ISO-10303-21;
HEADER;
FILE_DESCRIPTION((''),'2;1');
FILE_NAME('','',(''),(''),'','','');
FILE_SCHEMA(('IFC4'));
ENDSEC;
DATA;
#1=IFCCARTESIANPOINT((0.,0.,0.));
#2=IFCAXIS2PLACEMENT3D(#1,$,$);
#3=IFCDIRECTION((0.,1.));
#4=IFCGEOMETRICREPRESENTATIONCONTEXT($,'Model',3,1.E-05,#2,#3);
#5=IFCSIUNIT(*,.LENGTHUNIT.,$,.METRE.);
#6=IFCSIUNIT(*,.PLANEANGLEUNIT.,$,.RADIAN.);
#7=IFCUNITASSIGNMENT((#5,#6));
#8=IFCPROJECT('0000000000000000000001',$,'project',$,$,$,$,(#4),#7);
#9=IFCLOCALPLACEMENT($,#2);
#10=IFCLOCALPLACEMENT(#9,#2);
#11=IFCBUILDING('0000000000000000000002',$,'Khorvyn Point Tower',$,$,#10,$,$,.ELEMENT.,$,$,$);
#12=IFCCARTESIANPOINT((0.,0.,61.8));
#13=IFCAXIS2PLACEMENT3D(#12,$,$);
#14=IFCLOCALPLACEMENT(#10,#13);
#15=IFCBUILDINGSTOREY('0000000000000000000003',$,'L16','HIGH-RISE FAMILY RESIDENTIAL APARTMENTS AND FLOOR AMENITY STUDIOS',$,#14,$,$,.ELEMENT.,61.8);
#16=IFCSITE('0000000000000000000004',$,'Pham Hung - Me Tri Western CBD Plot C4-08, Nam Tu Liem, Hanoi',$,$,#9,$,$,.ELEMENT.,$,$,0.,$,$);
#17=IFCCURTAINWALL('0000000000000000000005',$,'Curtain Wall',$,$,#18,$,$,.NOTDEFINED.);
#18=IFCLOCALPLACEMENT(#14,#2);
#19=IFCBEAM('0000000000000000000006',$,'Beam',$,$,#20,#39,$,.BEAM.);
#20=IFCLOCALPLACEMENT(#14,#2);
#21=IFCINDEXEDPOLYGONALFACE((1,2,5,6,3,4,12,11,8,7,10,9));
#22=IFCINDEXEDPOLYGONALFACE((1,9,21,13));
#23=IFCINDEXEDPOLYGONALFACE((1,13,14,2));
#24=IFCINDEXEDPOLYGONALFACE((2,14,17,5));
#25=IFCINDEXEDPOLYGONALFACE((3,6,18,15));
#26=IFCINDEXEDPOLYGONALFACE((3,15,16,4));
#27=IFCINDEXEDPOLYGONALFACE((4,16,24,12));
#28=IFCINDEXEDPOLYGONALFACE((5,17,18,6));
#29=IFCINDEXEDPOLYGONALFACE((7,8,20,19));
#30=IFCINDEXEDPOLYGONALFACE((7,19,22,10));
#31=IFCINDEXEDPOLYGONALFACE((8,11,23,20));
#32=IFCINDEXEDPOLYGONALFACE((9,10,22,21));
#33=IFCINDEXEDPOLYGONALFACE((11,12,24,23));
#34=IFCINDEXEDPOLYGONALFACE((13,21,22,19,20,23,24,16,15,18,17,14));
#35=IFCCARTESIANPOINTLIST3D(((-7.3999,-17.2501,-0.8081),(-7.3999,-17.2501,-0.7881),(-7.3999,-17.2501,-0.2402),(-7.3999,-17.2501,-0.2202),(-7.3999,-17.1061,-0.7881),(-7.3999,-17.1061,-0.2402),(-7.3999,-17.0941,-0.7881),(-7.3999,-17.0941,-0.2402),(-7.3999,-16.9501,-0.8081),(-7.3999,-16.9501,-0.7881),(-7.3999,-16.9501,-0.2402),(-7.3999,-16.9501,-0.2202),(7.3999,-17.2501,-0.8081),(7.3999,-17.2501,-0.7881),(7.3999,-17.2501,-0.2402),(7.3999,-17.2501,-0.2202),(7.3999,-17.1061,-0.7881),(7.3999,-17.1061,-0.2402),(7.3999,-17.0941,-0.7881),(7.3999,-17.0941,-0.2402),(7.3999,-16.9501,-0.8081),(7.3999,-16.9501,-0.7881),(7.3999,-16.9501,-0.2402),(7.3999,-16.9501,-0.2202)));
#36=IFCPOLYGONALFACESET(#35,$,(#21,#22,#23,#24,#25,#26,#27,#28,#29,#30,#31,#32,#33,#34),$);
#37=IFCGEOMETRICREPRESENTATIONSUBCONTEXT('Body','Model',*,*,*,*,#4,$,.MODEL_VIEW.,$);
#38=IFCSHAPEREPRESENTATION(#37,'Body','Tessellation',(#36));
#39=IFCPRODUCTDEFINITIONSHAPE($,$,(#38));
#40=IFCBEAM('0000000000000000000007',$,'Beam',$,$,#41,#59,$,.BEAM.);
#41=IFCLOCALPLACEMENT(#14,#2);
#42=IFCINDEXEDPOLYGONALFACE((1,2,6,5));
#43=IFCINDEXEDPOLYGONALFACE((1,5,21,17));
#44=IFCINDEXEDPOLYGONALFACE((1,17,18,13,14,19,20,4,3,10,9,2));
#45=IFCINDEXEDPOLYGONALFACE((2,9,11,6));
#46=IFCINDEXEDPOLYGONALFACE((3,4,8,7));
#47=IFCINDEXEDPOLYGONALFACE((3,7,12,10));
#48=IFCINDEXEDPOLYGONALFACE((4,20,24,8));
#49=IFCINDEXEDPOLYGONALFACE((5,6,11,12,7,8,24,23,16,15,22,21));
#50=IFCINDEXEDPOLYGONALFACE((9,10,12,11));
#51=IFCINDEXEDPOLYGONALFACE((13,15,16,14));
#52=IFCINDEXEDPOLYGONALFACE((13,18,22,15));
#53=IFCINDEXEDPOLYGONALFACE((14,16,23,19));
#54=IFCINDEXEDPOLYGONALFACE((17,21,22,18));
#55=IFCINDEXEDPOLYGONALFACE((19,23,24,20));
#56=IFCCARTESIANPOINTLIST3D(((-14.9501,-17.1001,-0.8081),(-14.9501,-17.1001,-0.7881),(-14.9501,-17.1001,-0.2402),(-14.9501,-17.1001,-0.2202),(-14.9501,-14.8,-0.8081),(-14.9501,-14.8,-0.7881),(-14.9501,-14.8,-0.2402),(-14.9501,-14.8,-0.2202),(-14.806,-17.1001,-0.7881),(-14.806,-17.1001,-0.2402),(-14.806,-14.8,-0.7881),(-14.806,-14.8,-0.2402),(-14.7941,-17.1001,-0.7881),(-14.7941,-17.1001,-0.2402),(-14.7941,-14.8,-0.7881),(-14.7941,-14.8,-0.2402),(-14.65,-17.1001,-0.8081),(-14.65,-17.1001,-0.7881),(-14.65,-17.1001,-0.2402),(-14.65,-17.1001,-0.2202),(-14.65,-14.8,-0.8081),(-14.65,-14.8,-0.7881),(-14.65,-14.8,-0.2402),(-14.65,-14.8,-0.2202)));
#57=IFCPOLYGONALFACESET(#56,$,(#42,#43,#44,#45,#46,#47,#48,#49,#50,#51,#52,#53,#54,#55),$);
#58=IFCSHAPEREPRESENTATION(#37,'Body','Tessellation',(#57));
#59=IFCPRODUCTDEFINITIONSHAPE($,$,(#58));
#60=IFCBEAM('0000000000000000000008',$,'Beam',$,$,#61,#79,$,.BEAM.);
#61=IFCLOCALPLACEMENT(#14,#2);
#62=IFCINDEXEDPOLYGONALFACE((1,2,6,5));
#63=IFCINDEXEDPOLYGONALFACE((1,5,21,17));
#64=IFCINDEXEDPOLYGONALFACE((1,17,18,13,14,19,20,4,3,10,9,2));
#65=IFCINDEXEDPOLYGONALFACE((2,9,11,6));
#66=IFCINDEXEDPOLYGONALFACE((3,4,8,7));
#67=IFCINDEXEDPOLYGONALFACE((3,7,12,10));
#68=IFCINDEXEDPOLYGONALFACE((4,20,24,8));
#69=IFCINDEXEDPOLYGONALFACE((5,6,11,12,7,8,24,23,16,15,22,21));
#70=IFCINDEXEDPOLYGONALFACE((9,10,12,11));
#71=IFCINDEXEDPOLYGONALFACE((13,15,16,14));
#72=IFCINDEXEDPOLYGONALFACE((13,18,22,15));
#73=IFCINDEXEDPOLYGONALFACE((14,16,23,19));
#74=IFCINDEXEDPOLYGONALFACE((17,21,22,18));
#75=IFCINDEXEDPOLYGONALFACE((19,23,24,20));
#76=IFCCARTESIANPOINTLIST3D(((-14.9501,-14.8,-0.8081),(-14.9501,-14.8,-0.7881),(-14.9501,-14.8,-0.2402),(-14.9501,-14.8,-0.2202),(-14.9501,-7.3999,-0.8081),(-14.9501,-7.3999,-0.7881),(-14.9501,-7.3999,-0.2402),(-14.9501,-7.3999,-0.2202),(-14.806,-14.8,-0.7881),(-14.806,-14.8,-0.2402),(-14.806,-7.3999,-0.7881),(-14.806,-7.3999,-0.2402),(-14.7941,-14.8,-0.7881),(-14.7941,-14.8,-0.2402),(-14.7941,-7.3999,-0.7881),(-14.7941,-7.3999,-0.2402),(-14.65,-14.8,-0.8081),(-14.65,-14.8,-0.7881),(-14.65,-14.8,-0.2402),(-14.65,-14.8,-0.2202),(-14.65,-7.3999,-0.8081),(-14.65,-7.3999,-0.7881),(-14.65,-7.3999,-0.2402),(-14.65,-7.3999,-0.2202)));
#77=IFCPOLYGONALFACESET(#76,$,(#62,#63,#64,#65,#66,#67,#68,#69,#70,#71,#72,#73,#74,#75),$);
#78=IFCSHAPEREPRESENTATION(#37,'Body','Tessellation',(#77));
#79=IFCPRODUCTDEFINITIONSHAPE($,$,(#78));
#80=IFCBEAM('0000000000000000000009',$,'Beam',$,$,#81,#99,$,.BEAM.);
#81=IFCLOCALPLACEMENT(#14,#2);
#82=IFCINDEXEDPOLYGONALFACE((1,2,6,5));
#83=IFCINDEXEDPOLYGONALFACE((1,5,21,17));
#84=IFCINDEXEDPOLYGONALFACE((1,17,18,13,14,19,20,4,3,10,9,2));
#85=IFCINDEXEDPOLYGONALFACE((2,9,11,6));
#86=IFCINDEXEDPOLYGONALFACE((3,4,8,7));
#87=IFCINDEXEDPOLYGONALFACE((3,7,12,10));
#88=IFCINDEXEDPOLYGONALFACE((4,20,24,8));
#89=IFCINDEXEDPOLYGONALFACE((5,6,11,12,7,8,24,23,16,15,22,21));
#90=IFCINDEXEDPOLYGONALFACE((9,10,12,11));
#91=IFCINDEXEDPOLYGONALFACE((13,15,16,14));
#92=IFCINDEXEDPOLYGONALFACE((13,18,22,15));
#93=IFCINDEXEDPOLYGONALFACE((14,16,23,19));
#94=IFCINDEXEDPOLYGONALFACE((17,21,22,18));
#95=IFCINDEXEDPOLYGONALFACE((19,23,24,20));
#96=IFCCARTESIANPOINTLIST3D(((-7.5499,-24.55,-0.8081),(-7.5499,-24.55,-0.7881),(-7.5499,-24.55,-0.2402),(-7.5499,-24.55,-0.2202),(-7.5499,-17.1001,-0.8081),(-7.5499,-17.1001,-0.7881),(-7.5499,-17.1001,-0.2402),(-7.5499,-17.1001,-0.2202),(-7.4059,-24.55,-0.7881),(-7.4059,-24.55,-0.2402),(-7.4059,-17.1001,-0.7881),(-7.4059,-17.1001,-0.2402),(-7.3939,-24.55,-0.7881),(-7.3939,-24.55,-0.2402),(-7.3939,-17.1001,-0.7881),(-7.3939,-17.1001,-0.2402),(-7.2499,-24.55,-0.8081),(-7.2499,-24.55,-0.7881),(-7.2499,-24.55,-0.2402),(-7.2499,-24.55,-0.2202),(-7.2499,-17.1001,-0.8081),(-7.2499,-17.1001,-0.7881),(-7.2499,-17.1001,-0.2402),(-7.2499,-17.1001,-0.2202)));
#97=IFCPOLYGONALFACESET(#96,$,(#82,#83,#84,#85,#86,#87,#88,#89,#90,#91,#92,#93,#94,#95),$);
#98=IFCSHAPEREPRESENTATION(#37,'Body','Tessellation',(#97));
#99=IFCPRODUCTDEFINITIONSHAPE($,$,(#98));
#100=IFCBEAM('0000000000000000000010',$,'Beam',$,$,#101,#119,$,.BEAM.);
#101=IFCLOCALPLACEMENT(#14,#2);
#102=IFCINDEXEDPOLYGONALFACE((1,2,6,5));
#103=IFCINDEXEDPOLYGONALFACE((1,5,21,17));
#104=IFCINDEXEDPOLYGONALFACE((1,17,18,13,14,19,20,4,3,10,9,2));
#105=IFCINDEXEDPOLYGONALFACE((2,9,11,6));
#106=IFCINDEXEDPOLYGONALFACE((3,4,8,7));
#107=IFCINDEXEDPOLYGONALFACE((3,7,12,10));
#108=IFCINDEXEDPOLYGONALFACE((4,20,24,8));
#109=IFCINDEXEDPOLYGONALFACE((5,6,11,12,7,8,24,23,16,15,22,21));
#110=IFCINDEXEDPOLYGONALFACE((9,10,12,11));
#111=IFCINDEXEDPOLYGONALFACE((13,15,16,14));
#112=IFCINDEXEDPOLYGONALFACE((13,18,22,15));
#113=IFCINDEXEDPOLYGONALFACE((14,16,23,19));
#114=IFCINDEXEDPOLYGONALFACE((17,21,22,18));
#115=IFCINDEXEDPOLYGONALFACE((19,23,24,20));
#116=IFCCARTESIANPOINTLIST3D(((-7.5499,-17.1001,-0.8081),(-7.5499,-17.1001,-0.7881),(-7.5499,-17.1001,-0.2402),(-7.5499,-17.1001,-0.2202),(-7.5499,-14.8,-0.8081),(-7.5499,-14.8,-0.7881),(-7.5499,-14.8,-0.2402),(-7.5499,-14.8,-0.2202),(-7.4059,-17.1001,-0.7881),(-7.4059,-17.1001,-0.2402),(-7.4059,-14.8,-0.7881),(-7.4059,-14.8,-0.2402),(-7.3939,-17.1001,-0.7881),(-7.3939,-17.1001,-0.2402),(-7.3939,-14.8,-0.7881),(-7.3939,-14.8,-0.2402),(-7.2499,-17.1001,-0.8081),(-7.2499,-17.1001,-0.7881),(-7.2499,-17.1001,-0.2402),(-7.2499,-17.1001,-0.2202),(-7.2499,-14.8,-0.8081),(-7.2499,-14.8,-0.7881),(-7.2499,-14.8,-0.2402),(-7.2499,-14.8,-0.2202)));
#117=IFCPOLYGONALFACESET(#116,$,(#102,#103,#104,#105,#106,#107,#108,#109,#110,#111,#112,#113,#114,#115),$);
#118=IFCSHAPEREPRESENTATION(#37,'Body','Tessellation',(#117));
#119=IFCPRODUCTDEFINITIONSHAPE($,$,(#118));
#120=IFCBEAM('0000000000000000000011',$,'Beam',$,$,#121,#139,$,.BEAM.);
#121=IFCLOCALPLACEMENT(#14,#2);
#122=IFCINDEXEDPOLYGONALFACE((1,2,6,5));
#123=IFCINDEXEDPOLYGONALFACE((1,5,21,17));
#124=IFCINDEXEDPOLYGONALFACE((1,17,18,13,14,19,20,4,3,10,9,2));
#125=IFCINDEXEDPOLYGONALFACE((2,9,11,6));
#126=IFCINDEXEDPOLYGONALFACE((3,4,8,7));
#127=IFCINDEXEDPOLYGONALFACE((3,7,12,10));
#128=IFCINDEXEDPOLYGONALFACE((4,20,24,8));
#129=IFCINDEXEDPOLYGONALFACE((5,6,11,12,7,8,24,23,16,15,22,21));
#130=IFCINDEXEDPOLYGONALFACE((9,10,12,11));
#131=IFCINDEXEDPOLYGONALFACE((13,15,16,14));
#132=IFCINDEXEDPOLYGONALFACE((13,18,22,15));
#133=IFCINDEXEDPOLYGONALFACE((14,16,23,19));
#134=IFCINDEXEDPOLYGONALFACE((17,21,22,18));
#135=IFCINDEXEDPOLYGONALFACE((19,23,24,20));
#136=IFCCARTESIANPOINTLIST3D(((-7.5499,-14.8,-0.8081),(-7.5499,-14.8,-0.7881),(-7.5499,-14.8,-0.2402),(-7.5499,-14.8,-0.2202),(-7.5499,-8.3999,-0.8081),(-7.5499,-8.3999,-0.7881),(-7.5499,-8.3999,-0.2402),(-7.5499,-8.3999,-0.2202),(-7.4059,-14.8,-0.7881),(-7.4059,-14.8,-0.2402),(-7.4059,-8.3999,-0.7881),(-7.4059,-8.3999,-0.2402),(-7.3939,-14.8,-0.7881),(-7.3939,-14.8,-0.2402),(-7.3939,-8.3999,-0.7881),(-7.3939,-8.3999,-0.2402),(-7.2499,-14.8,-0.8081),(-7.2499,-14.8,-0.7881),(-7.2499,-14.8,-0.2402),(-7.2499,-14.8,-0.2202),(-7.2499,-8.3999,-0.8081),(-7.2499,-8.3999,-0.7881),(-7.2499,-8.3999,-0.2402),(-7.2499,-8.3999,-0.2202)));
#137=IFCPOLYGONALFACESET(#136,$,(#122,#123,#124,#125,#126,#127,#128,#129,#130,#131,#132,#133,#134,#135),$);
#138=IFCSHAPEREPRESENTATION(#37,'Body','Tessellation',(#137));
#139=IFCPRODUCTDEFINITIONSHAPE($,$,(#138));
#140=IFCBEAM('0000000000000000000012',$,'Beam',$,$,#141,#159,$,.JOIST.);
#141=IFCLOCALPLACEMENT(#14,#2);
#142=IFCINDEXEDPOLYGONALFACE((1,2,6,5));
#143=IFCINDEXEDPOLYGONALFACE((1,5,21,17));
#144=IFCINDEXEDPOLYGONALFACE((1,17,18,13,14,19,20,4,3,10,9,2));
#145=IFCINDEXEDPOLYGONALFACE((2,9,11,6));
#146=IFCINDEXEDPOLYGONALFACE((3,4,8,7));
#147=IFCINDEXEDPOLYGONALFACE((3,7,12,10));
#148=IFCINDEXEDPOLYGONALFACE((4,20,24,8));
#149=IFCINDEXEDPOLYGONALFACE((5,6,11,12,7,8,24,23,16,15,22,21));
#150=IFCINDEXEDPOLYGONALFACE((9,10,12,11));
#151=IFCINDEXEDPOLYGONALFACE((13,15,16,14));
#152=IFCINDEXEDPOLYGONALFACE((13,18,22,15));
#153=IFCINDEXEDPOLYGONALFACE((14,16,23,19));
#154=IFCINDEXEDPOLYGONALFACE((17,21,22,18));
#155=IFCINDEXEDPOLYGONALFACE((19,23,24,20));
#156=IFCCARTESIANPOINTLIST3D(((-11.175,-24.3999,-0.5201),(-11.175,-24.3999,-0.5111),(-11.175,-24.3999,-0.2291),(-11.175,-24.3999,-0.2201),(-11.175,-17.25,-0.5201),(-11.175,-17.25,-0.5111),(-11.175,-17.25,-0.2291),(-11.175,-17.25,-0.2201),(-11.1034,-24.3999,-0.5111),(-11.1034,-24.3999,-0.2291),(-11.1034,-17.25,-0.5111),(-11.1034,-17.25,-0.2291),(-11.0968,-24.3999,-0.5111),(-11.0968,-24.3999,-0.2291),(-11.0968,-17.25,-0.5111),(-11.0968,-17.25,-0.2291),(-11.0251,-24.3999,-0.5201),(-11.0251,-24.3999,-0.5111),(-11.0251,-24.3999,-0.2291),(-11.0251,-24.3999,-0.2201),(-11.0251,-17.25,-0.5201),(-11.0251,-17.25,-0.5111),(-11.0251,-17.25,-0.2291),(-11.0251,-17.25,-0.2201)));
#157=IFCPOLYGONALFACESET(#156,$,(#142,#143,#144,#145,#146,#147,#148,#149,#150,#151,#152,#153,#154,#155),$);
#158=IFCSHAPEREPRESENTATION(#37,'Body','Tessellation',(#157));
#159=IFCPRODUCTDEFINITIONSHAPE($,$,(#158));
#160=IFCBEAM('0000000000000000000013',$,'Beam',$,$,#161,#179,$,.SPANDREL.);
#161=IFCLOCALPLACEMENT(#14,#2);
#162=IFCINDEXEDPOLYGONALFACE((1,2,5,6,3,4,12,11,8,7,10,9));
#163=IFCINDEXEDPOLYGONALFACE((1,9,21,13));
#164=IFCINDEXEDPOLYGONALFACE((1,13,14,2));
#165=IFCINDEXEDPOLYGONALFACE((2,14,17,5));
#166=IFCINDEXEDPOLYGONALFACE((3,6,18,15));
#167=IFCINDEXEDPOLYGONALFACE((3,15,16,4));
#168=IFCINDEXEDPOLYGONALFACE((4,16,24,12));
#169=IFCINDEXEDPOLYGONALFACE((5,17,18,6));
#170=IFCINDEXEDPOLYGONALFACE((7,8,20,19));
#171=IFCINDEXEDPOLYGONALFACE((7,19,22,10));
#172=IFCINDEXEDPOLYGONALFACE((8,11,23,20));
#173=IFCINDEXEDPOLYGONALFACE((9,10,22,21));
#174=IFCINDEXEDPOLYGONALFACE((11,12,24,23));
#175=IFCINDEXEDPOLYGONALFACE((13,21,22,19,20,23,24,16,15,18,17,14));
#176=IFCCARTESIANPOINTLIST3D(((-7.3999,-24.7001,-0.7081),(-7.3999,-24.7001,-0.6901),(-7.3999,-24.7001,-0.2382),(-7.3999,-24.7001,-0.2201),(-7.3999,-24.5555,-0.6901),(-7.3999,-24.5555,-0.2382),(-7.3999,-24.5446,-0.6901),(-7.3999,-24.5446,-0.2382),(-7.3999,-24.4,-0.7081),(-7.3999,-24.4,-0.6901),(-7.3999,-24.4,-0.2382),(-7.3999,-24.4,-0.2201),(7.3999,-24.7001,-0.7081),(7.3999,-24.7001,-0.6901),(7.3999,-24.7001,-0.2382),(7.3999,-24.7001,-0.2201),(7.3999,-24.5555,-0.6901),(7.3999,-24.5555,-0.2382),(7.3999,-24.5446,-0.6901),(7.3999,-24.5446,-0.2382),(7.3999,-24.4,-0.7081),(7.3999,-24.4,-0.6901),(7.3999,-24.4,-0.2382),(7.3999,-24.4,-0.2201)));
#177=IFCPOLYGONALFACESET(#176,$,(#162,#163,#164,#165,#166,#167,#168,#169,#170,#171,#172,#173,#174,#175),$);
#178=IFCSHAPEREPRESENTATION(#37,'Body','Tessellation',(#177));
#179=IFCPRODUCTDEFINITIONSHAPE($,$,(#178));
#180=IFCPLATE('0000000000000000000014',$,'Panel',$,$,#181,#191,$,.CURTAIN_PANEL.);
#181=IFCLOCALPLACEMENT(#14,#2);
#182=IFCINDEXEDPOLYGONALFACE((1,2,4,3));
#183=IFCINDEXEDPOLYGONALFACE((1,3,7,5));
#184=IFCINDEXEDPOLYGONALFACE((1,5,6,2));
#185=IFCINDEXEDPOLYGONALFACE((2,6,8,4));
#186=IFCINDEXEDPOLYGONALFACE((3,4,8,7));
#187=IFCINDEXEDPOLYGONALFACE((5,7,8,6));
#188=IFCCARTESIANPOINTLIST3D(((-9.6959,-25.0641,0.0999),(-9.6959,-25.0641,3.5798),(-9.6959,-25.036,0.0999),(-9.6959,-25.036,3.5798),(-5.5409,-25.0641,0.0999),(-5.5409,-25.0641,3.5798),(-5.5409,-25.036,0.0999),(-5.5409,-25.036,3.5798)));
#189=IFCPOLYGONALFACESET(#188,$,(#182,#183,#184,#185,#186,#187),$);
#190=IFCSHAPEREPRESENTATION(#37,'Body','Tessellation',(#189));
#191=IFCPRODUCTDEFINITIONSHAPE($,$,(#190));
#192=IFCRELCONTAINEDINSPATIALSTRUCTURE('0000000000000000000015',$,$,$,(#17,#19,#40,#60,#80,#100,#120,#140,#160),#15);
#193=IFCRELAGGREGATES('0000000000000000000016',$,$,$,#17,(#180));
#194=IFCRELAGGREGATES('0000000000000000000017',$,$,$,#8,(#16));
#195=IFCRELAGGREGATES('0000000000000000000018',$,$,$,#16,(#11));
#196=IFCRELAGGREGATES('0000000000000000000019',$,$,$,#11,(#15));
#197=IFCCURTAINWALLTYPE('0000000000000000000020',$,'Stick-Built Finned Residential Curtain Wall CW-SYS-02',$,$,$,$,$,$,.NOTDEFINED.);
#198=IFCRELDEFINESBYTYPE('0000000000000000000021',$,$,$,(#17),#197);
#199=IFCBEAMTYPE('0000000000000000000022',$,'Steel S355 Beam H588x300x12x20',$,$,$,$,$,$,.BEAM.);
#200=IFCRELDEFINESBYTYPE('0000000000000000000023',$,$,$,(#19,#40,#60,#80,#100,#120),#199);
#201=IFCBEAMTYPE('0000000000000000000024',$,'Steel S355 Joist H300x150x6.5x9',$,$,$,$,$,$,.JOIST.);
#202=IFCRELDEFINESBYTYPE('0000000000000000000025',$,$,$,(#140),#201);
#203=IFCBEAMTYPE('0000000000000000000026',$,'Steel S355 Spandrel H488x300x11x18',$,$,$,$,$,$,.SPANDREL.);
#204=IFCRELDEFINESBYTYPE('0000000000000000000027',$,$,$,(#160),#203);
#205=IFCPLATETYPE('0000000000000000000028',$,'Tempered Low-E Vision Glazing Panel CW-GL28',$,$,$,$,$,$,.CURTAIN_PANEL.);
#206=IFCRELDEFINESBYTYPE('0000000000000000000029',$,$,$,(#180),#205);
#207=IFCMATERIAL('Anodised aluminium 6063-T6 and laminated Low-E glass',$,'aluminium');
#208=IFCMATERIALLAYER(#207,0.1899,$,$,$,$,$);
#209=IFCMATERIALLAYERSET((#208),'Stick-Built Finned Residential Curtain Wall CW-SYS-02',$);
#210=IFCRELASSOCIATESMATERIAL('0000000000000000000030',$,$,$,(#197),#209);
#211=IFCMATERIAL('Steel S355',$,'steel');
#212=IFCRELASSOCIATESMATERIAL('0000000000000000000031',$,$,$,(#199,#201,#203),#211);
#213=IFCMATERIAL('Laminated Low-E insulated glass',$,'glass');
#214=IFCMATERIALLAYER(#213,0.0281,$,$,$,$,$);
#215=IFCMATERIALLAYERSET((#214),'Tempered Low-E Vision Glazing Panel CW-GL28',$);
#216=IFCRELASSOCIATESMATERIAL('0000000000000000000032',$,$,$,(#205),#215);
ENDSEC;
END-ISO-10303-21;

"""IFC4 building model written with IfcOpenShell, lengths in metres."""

from ifc_helpers import new_model, si_unit, direction, frame, origin, origin_2d, place, context, subcontext, project, spatial, rectangle, i_section, extrude, material, layer, layer_set, material_profile, profile_set, type_object, element, aggregate, save


model = new_model("IFC4")

# Units and contexts
model_context = context("Model", 3, precision=1e-05, world=origin(), true_north=direction((0.0, 1.0)))
body_context = subcontext(model_context, "Body", "Model", "MODEL_VIEW")
ifc_project = project(units=[si_unit("LENGTHUNIT", "METRE"), si_unit("PLANEANGLEUNIT", "RADIAN")], contexts=[model_context])

# Site, building, storey
site_placement = place(None, origin())
site = spatial("IfcSite", under=ifc_project, at=site_placement, Name="Pham Hung - Me Tri Western CBD Plot C4-08, Nam Tu Liem, Hanoi", CompositionType="ELEMENT", RefElevation=0.0)
building_placement = place(site_placement, origin())
building = spatial("IfcBuilding", under=site, at=building_placement, Name="Khorvyn Point Tower", CompositionType="ELEMENT")
storey_placement = place(building_placement, frame((0.0, 0.0, 61.8)))
storey = spatial("IfcBuildingStorey", under=building, at=storey_placement, Name="L16", Description="HIGH-RISE FAMILY RESIDENTIAL APARTMENTS AND FLOOR AMENITY STUDIOS", CompositionType="ELEMENT", Elevation=61.8)

# Curtain wall
ifc_material_1 = material(Name="Anodised aluminium 6063-T6 and laminated Low-E glass", Category="aluminium")
ifc_layer_1 = layer(ifc_material_1, 0.1899)
ifc_layer_set_1 = layer_set([ifc_layer_1], Name="Stick-Built Finned Residential Curtain Wall CW-SYS-02")
curtain_wall_type = type_object("IfcCurtainWallType", Name="Stick-Built Finned Residential Curtain Wall CW-SYS-02", PredefinedType="NOTDEFINED", material=ifc_layer_set_1)
curtain_wall_placement = place(storey_placement, origin())
curtain_wall = element("IfcCurtainWall", 1, at=curtain_wall_placement, inside=storey, type_object=curtain_wall_type, Name="Curtain Wall", PredefinedType="NOTDEFINED")

# Beams
ifc_material_2 = material(Name="Steel S355", Category="steel")
ifc_material_profile_1 = material_profile(ifc_material_2, i_section(OverallWidth=0.3, OverallDepth=0.5879, WebThickness=0.012, FlangeThickness=0.02, at=origin_2d()))
ifc_profile_set_1 = profile_set([ifc_material_profile_1], Name="Steel S355 H588x300x12x20")
beam_type_1 = type_object("IfcBeamType", Name="Steel S355 Beam H588x300x12x20", PredefinedType="BEAM", material=ifc_profile_set_1)
beam_1_placement = place(storey_placement, frame((-7.3999, -17.1001, -0.5142), z_axis=(1.0, 0.0, 0.0), x_axis=(0.0, 1.0, 0.0)))
element("IfcBeam", 2, at=beam_1_placement, inside=storey, type_object=beam_type_1, Name="Beam", PredefinedType="BEAM", context=body_context, shape_type="SweptSolid", body=[
    extrude(i_section(OverallWidth=0.3, OverallDepth=0.5879, WebThickness=0.012, FlangeThickness=0.02, at=origin_2d()), origin(), (0.0, 0.0, 1.0), 14.7998),
])
beam_2_placement = place(storey_placement, frame((-14.8, -17.1001, -0.5142), z_axis=(0.0, 1.0, 0.0), x_axis=(-1.0, 0.0, 0.0)))
element("IfcBeam", 3, at=beam_2_placement, inside=storey, type_object=beam_type_1, Name="Beam", PredefinedType="BEAM", context=body_context, shape_type="SweptSolid", body=[
    extrude(i_section(OverallWidth=0.3, OverallDepth=0.5879, WebThickness=0.012, FlangeThickness=0.02, at=origin_2d()), origin(), (0.0, 0.0, 1.0), 2.3),
])
beam_3_placement = place(storey_placement, frame((-14.8, -14.8, -0.5142), z_axis=(0.0, 1.0, 0.0), x_axis=(-1.0, 0.0, 0.0)))
element("IfcBeam", 4, at=beam_3_placement, inside=storey, type_object=beam_type_1, Name="Beam", PredefinedType="BEAM", context=body_context, shape_type="SweptSolid", body=[
    extrude(i_section(OverallWidth=0.3, OverallDepth=0.5879, WebThickness=0.012, FlangeThickness=0.02, at=origin_2d()), origin(), (0.0, 0.0, 1.0), 7.4001),
])
beam_4_placement = place(storey_placement, frame((-7.3999, -24.55, -0.5142), z_axis=(0.0, 1.0, 0.0), x_axis=(-1.0, 0.0, 0.0)))
element("IfcBeam", 5, at=beam_4_placement, inside=storey, type_object=beam_type_1, Name="Beam", PredefinedType="BEAM", context=body_context, shape_type="SweptSolid", body=[
    extrude(i_section(OverallWidth=0.3, OverallDepth=0.5879, WebThickness=0.012, FlangeThickness=0.02, at=origin_2d()), origin(), (0.0, 0.0, 1.0), 7.45),
])
beam_5_placement = place(storey_placement, frame((-7.3999, -17.1001, -0.5142), z_axis=(0.0, 1.0, 0.0), x_axis=(-1.0, 0.0, 0.0)))
element("IfcBeam", 6, at=beam_5_placement, inside=storey, type_object=beam_type_1, Name="Beam", PredefinedType="BEAM", context=body_context, shape_type="SweptSolid", body=[
    extrude(i_section(OverallWidth=0.3, OverallDepth=0.5879, WebThickness=0.012, FlangeThickness=0.02, at=origin_2d()), origin(), (0.0, 0.0, 1.0), 2.3),
])
beam_6_placement = place(storey_placement, frame((-7.3999, -14.8, -0.5142), z_axis=(0.0, 1.0, 0.0), x_axis=(-1.0, 0.0, 0.0)))
element("IfcBeam", 7, at=beam_6_placement, inside=storey, type_object=beam_type_1, Name="Beam", PredefinedType="BEAM", context=body_context, shape_type="SweptSolid", body=[
    extrude(i_section(OverallWidth=0.3, OverallDepth=0.5879, WebThickness=0.012, FlangeThickness=0.02, at=origin_2d()), origin(), (0.0, 0.0, 1.0), 6.4001),
])
ifc_material_profile_2 = material_profile(ifc_material_2, i_section(OverallWidth=0.1499, OverallDepth=0.3, WebThickness=0.0066, FlangeThickness=0.009, at=origin_2d()))
ifc_profile_set_2 = profile_set([ifc_material_profile_2], Name="Steel S355 H300x150x6.5x9")
beam_type_2 = type_object("IfcBeamType", Name="Steel S355 Joist H300x150x6.5x9", PredefinedType="JOIST", material=ifc_profile_set_2)
beam_7_placement = place(storey_placement, frame((-11.1001, -24.3999, -0.3701), z_axis=(0.0, 1.0, 0.0), x_axis=(-1.0, 0.0, 0.0)))
element("IfcBeam", 8, at=beam_7_placement, inside=storey, type_object=beam_type_2, Name="Beam", PredefinedType="JOIST", context=body_context, shape_type="SweptSolid", body=[
    extrude(i_section(OverallWidth=0.1499, OverallDepth=0.3, WebThickness=0.0066, FlangeThickness=0.009, at=origin_2d()), origin(), (0.0, 0.0, 1.0), 7.1499),
])
ifc_material_profile_3 = material_profile(ifc_material_2, i_section(OverallWidth=0.3, OverallDepth=0.488, WebThickness=0.011, FlangeThickness=0.0181, at=origin_2d()))
ifc_profile_set_3 = profile_set([ifc_material_profile_3], Name="Steel S355 H488x300x11x18")
beam_type_3 = type_object("IfcBeamType", Name="Steel S355 Spandrel H488x300x11x18", PredefinedType="SPANDREL", material=ifc_profile_set_3)
beam_8_placement = place(storey_placement, frame((-7.3999, -24.55, -0.4641), z_axis=(1.0, 0.0, 0.0), x_axis=(0.0, 1.0, 0.0)))
element("IfcBeam", 9, at=beam_8_placement, inside=storey, type_object=beam_type_3, Name="Beam", PredefinedType="SPANDREL", context=body_context, shape_type="SweptSolid", body=[
    extrude(i_section(OverallWidth=0.3, OverallDepth=0.488, WebThickness=0.011, FlangeThickness=0.0181, at=origin_2d()), origin(), (0.0, 0.0, 1.0), 14.7998),
])

# Plate
ifc_material_3 = material(Name="Laminated Low-E insulated glass", Category="glass")
ifc_layer_2 = layer(ifc_material_3, 0.0281)
ifc_layer_set_2 = layer_set([ifc_layer_2], Name="Tempered Low-E Vision Glazing Panel CW-GL28")
plate_type = type_object("IfcPlateType", Name="Tempered Low-E Vision Glazing Panel CW-GL28", PredefinedType="CURTAIN_PANEL", material=ifc_layer_set_2)
plate_1_placement = place(storey_placement, frame((-7.6184, -25.05, 0.0999), z_axis=(0.0, 0.0, 1.0), x_axis=(-1.0, 0.0, 0.0)))
plate_1 = element("IfcPlate", 10, at=plate_1_placement, type_object=plate_type, Name="Panel", PredefinedType="CURTAIN_PANEL", context=body_context, shape_type="SweptSolid", body=[
    extrude(rectangle(XDim=4.155, YDim=0.0281, at=origin_2d()), origin(), (0.0, 0.0, 1.0), 3.48),
])
aggregate(curtain_wall, [plate_1])

save(model, "model.ifc")
